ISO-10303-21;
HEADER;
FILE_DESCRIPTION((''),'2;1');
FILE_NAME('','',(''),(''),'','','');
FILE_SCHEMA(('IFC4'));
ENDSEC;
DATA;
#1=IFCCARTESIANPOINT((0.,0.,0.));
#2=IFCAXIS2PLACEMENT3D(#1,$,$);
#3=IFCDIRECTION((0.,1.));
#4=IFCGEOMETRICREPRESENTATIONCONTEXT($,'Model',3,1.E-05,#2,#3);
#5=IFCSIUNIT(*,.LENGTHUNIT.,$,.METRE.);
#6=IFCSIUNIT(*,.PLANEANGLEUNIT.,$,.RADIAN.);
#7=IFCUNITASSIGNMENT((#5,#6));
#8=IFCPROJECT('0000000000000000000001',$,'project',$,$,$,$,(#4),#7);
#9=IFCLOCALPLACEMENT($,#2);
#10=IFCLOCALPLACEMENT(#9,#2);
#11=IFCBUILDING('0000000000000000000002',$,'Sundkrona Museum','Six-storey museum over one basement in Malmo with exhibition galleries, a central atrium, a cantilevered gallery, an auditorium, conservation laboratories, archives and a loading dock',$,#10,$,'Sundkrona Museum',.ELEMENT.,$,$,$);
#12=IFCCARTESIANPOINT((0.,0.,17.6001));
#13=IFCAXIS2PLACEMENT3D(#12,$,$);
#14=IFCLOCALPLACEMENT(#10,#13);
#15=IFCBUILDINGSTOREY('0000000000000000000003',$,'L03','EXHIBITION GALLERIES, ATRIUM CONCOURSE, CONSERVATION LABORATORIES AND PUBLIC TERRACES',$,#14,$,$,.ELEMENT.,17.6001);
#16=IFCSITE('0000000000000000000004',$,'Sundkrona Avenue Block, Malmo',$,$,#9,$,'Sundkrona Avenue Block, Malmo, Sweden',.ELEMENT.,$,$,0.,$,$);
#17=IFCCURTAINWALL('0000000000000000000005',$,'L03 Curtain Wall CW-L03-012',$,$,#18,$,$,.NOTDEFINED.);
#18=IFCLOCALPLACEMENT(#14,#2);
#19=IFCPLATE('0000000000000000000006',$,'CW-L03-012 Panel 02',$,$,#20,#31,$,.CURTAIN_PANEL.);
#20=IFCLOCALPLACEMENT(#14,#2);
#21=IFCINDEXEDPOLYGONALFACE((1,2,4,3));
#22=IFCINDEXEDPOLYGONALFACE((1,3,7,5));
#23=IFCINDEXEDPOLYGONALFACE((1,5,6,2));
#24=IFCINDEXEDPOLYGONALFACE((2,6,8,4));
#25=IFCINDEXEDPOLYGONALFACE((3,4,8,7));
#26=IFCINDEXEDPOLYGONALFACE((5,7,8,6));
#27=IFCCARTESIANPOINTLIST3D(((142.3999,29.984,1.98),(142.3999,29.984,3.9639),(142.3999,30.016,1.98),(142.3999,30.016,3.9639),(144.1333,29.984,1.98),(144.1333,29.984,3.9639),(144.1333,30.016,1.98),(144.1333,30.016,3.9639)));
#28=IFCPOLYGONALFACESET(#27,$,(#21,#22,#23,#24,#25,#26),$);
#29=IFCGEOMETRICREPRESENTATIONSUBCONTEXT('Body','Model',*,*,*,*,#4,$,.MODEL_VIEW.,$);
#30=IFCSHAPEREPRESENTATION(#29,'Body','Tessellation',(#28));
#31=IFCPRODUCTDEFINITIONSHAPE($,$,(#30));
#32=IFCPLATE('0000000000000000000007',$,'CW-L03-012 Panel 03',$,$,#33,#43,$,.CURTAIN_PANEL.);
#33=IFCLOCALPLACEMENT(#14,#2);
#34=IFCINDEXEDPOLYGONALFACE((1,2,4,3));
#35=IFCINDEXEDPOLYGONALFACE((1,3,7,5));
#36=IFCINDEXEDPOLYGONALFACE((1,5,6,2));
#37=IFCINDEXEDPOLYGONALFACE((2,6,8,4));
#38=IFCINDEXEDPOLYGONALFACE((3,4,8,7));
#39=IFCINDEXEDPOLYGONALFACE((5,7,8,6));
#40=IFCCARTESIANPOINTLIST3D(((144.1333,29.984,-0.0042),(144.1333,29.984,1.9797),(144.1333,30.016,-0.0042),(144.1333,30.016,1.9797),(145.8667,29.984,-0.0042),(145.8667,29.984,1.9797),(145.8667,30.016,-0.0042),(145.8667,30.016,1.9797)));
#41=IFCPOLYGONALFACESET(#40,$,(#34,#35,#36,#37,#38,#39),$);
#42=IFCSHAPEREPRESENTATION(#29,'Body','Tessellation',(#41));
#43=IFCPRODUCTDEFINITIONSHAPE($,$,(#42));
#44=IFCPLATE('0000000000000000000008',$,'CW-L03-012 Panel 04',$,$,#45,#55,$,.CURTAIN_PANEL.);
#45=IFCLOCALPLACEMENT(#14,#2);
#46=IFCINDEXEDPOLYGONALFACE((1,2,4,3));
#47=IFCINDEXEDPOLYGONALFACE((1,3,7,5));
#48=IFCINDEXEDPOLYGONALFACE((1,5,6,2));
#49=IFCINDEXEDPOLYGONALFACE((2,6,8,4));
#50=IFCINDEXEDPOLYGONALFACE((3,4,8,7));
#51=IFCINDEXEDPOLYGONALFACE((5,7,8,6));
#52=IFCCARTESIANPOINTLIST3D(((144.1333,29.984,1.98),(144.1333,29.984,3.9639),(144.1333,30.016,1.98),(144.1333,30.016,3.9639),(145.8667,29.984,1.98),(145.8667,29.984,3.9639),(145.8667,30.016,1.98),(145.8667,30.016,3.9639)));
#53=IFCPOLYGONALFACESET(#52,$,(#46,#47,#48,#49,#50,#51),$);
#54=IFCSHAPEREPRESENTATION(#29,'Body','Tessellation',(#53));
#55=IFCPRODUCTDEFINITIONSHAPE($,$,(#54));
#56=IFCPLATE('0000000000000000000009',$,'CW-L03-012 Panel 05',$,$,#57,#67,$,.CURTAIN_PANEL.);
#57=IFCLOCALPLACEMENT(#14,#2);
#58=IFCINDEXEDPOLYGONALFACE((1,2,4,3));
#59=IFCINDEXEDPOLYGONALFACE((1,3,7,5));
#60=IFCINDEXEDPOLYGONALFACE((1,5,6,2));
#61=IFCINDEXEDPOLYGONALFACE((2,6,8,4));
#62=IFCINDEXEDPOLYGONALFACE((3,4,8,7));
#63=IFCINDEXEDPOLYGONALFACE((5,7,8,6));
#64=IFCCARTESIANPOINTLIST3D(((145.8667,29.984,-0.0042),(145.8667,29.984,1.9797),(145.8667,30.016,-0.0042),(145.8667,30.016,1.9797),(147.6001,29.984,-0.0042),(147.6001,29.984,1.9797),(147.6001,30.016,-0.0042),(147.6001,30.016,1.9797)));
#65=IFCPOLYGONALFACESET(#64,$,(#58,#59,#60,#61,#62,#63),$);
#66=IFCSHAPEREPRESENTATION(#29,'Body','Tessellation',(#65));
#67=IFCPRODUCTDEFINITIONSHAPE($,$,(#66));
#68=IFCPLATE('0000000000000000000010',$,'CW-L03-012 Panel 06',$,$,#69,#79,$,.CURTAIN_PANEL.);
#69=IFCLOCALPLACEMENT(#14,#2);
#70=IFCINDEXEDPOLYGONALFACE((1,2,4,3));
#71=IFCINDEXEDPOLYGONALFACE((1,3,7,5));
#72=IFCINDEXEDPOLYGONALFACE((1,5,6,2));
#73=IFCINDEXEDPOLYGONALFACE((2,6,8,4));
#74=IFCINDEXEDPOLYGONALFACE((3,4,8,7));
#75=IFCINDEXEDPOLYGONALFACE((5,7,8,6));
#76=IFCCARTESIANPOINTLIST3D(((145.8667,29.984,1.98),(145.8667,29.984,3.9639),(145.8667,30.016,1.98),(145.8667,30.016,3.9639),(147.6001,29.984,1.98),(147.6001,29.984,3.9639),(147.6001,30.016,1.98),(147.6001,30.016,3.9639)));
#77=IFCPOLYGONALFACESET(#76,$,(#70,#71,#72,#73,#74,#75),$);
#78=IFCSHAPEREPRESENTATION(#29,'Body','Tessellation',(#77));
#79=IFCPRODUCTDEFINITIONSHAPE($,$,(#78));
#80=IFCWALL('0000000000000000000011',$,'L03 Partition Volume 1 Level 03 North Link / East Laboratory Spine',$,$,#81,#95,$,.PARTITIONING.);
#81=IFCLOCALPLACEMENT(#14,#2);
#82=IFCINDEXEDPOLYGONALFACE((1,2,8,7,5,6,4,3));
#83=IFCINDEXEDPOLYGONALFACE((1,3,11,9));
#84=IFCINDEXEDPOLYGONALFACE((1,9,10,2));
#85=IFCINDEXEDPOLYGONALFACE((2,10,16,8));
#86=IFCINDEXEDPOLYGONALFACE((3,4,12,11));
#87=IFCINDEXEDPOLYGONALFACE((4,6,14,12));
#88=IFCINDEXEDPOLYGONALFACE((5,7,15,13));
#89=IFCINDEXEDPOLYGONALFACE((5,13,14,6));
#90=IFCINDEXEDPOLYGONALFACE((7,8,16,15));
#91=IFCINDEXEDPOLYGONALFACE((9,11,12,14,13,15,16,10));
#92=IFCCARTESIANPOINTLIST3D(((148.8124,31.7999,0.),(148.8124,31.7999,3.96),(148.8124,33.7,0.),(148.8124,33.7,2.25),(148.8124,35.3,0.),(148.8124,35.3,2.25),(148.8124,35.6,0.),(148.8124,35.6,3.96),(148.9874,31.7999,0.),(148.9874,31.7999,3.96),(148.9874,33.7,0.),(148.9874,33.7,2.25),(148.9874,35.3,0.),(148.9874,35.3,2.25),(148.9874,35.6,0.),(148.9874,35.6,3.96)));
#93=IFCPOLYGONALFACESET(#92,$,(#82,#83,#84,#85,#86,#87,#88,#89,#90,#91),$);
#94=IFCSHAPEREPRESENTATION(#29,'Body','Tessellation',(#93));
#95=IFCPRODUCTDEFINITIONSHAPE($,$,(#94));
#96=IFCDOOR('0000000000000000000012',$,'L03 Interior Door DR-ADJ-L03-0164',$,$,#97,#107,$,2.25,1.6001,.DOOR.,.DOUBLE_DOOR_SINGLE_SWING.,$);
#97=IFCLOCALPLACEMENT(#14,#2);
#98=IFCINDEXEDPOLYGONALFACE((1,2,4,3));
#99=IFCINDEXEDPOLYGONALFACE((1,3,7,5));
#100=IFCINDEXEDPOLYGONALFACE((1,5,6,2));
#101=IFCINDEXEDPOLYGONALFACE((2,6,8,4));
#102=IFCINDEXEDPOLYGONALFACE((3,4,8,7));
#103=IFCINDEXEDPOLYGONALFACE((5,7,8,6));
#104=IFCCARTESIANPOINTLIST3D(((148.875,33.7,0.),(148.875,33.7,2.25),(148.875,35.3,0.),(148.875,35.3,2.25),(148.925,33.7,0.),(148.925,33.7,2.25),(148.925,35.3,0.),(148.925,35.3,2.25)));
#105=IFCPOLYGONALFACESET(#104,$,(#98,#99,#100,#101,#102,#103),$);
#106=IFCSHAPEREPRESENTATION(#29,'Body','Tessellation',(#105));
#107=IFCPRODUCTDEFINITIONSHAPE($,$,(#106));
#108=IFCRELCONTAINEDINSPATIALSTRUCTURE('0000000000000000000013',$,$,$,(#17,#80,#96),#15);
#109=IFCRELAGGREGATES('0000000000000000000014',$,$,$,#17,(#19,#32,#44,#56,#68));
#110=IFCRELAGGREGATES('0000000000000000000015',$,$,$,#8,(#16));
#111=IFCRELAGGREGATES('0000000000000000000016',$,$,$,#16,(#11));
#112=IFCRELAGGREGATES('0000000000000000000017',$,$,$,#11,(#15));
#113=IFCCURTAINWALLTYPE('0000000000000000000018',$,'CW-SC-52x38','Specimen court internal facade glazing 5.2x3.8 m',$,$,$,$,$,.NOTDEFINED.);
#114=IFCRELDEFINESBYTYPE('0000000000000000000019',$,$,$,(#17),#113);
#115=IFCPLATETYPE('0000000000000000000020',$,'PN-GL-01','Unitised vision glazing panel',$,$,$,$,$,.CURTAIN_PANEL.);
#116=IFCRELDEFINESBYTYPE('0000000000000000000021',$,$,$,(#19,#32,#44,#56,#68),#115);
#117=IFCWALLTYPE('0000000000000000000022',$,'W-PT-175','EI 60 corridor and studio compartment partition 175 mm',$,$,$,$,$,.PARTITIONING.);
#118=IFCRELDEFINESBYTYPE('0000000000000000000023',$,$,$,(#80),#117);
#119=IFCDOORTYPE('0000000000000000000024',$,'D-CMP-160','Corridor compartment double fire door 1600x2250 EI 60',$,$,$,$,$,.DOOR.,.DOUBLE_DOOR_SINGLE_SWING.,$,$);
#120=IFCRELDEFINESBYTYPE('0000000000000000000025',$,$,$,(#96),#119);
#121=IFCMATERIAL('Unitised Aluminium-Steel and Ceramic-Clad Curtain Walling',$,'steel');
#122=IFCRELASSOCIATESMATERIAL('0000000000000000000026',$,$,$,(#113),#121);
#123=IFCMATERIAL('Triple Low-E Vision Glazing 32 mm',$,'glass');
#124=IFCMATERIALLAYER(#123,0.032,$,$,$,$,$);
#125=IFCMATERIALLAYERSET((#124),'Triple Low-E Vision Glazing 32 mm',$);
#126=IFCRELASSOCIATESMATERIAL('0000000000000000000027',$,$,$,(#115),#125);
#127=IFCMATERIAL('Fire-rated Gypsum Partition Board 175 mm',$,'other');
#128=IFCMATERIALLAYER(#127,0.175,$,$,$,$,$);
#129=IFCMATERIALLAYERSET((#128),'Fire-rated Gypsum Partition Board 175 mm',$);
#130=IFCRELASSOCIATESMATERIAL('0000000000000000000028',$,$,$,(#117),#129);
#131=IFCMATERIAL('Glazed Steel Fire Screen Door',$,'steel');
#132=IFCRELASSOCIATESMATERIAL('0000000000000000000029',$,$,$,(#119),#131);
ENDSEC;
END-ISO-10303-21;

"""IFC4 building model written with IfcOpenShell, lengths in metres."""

from ifc_helpers import new_model, si_unit, direction, frame, frame_2d, origin, origin_2d, place, context, subcontext, project, spatial, rectangle, extrude, material, layer, layer_set, type_object, element, fill, aggregate, save


model = new_model("IFC4")

# Units and contexts
model_context = context("Model", 3, precision=1e-05, world=origin(), true_north=direction((0.0, 1.0)))
body_context = subcontext(model_context, "Body", "Model", "MODEL_VIEW")
ifc_project = project(units=[si_unit("LENGTHUNIT", "METRE"), si_unit("PLANEANGLEUNIT", "RADIAN")], contexts=[model_context])

# Site, building, storey
site_placement = place(None, origin())
site = spatial("IfcSite", under=ifc_project, at=site_placement, Name="Sundkrona Avenue Block, Malmo", LongName="Sundkrona Avenue Block, Malmo, Sweden", CompositionType="ELEMENT", RefElevation=0.0)
building_placement = place(site_placement, origin())
building = spatial("IfcBuilding", under=site, at=building_placement, Name="Sundkrona Museum", Description="Six-storey museum over one basement in Malmo with exhibition galleries, a central atrium, a cantilevered gallery, an auditorium, conservation laboratories, archives and a loading dock", LongName="Sundkrona Museum", CompositionType="ELEMENT")
storey_placement = place(building_placement, frame((0.0, 0.0, 17.6001)))
storey = spatial("IfcBuildingStorey", under=building, at=storey_placement, Name="L03", Description="EXHIBITION GALLERIES, ATRIUM CONCOURSE, CONSERVATION LABORATORIES AND PUBLIC TERRACES", CompositionType="ELEMENT", Elevation=17.6001)

# Curtain wall
ifc_material_1 = material(Name="Unitised Aluminium-Steel and Ceramic-Clad Curtain Walling", Category="steel")
curtain_wall_type = type_object("IfcCurtainWallType", Name="CW-SC-52x38", Description="Specimen court internal facade glazing 5.2x3.8 m", PredefinedType="NOTDEFINED", material=ifc_material_1)
curtain_wall_1_placement = place(storey_placement, origin())
curtain_wall_1 = element("IfcCurtainWall", 1, at=curtain_wall_1_placement, inside=storey, type_object=curtain_wall_type, Name="L03 Curtain Wall CW-L03-012", PredefinedType="NOTDEFINED")

# Plates
ifc_material_2 = material(Name="Triple Low-E Vision Glazing 32 mm", Category="glass")
ifc_layer_1 = layer(ifc_material_2, 0.032)
ifc_layer_set_1 = layer_set([ifc_layer_1], Name="Triple Low-E Vision Glazing 32 mm")
plate_type = type_object("IfcPlateType", Name="PN-GL-01", Description="Unitised vision glazing panel", PredefinedType="CURTAIN_PANEL", material=ifc_layer_set_1)
plate_1_placement = place(storey_placement, frame((143.2666, 30.0, 1.98), z_axis=(0.0, 0.0, 1.0), x_axis=(1.0, 0.0, 0.0)))
plate_1 = element("IfcPlate", 2, at=plate_1_placement, type_object=plate_type, Name="CW-L03-012 Panel 02", PredefinedType="CURTAIN_PANEL", context=body_context, shape_type="SweptSolid", body=[
    extrude(rectangle(XDim=1.7334, YDim=0.032, at=origin_2d()), origin(), (0.0, 0.0, 1.0), 1.9839),
])
plate_2_placement = place(storey_placement, frame((145.0, 30.0, -0.0042), z_axis=(0.0, 0.0, 1.0), x_axis=(1.0, 0.0, 0.0)))
plate_2 = element("IfcPlate", 3, at=plate_2_placement, type_object=plate_type, Name="CW-L03-012 Panel 03", PredefinedType="CURTAIN_PANEL", context=body_context, shape_type="SweptSolid", body=[
    extrude(rectangle(XDim=1.7334, YDim=0.032, at=origin_2d()), origin(), (0.0, 0.0, 1.0), 1.9839),
])
plate_3_placement = place(storey_placement, frame((145.0, 30.0, 1.98), z_axis=(0.0, 0.0, 1.0), x_axis=(1.0, 0.0, 0.0)))
plate_3 = element("IfcPlate", 4, at=plate_3_placement, type_object=plate_type, Name="CW-L03-012 Panel 04", PredefinedType="CURTAIN_PANEL", context=body_context, shape_type="SweptSolid", body=[
    extrude(rectangle(XDim=1.7334, YDim=0.032, at=origin_2d()), origin(), (0.0, 0.0, 1.0), 1.9839),
])
plate_4_placement = place(storey_placement, frame((146.7334, 30.0, -0.0042), z_axis=(0.0, 0.0, 1.0), x_axis=(1.0, 0.0, 0.0)))
plate_4 = element("IfcPlate", 5, at=plate_4_placement, type_object=plate_type, Name="CW-L03-012 Panel 05", PredefinedType="CURTAIN_PANEL", context=body_context, shape_type="SweptSolid", body=[
    extrude(rectangle(XDim=1.7334, YDim=0.032, at=origin_2d()), origin(), (0.0, 0.0, 1.0), 1.9839),
])
plate_5_placement = place(storey_placement, frame((146.7334, 30.0, 1.98), z_axis=(0.0, 0.0, 1.0), x_axis=(1.0, 0.0, 0.0)))
plate_5 = element("IfcPlate", 6, at=plate_5_placement, type_object=plate_type, Name="CW-L03-012 Panel 06", PredefinedType="CURTAIN_PANEL", context=body_context, shape_type="SweptSolid", body=[
    extrude(rectangle(XDim=1.7334, YDim=0.032, at=origin_2d()), origin(), (0.0, 0.0, 1.0), 1.9839),
])
aggregate(curtain_wall_1, [plate_1, plate_2, plate_3, plate_4, plate_5])

# Wall, opening, door
ifc_material_3 = material(Name="Fire-rated Gypsum Partition Board 175 mm", Category="other")
ifc_layer_2 = layer(ifc_material_3, 0.175)
ifc_layer_set_2 = layer_set([ifc_layer_2], Name="Fire-rated Gypsum Partition Board 175 mm")
wall_type = type_object("IfcWallType", Name="W-PT-175", Description="EI 60 corridor and studio compartment partition 175 mm", PredefinedType="PARTITIONING", material=ifc_layer_set_2)
wall_placement = place(storey_placement, frame((148.8999, 31.8, 0.0), z_axis=(0.0, 0.0, 1.0), x_axis=(0.0, 1.0, 0.0)))
wall = element("IfcWall", 7, at=wall_placement, inside=storey, type_object=wall_type, Name="L03 Partition Volume 1 Level 03 North Link / East Laboratory Spine", PredefinedType="PARTITIONING", context=body_context, shape_type="SweptSolid", body=[
    extrude(rectangle(XDim=3.8, YDim=0.175, at=frame_2d((1.8999, 0.0))), origin(), (0.0, 0.0, 1.0), 3.96),
])
opening_placement = place(wall_placement, frame((1.8999, 0.0, 0.0)))
opening = element("IfcOpeningElement", 8, at=opening_placement, cuts=wall, PredefinedType="OPENING", context=body_context, shape_type="SweptSolid", body=[
    extrude(rectangle(XDim=1.6001, YDim=2.25, at=frame_2d((0.8, 1.125))), frame((0.0, 0.0974, 0.0), z_axis=(0.0, -1.0, 0.0), x_axis=(1.0, 0.0, 0.0)), (0.0, 0.0, 1.0), 0.1951),
])
ifc_material_4 = material(Name="Glazed Steel Fire Screen Door", Category="steel")
door_type = type_object("IfcDoorType", Name="D-CMP-160", Description="Corridor compartment double fire door 1600x2250 EI 60", OperationType="DOUBLE_DOOR_SINGLE_SWING", PredefinedType="DOOR", material=ifc_material_4)
door_placement = place(opening_placement, origin())
door = element("IfcDoor", 9, at=door_placement, inside=storey, type_object=door_type, Name="L03 Interior Door DR-ADJ-L03-0164", OperationType="DOUBLE_DOOR_SINGLE_SWING", OverallHeight=2.25, OverallWidth=1.6001, PredefinedType="DOOR", context=body_context, shape_type="SweptSolid", body=[
    extrude(rectangle(XDim=1.6001, YDim=2.25, at=frame_2d((0.8, 1.125))), frame((0.0, 0.0249, 0.0), z_axis=(0.0, -1.0, 0.0), x_axis=(1.0, 0.0, 0.0)), (0.0, 0.0, 1.0), 0.05),
])
fill(opening, door)

save(model, "model.ifc")
